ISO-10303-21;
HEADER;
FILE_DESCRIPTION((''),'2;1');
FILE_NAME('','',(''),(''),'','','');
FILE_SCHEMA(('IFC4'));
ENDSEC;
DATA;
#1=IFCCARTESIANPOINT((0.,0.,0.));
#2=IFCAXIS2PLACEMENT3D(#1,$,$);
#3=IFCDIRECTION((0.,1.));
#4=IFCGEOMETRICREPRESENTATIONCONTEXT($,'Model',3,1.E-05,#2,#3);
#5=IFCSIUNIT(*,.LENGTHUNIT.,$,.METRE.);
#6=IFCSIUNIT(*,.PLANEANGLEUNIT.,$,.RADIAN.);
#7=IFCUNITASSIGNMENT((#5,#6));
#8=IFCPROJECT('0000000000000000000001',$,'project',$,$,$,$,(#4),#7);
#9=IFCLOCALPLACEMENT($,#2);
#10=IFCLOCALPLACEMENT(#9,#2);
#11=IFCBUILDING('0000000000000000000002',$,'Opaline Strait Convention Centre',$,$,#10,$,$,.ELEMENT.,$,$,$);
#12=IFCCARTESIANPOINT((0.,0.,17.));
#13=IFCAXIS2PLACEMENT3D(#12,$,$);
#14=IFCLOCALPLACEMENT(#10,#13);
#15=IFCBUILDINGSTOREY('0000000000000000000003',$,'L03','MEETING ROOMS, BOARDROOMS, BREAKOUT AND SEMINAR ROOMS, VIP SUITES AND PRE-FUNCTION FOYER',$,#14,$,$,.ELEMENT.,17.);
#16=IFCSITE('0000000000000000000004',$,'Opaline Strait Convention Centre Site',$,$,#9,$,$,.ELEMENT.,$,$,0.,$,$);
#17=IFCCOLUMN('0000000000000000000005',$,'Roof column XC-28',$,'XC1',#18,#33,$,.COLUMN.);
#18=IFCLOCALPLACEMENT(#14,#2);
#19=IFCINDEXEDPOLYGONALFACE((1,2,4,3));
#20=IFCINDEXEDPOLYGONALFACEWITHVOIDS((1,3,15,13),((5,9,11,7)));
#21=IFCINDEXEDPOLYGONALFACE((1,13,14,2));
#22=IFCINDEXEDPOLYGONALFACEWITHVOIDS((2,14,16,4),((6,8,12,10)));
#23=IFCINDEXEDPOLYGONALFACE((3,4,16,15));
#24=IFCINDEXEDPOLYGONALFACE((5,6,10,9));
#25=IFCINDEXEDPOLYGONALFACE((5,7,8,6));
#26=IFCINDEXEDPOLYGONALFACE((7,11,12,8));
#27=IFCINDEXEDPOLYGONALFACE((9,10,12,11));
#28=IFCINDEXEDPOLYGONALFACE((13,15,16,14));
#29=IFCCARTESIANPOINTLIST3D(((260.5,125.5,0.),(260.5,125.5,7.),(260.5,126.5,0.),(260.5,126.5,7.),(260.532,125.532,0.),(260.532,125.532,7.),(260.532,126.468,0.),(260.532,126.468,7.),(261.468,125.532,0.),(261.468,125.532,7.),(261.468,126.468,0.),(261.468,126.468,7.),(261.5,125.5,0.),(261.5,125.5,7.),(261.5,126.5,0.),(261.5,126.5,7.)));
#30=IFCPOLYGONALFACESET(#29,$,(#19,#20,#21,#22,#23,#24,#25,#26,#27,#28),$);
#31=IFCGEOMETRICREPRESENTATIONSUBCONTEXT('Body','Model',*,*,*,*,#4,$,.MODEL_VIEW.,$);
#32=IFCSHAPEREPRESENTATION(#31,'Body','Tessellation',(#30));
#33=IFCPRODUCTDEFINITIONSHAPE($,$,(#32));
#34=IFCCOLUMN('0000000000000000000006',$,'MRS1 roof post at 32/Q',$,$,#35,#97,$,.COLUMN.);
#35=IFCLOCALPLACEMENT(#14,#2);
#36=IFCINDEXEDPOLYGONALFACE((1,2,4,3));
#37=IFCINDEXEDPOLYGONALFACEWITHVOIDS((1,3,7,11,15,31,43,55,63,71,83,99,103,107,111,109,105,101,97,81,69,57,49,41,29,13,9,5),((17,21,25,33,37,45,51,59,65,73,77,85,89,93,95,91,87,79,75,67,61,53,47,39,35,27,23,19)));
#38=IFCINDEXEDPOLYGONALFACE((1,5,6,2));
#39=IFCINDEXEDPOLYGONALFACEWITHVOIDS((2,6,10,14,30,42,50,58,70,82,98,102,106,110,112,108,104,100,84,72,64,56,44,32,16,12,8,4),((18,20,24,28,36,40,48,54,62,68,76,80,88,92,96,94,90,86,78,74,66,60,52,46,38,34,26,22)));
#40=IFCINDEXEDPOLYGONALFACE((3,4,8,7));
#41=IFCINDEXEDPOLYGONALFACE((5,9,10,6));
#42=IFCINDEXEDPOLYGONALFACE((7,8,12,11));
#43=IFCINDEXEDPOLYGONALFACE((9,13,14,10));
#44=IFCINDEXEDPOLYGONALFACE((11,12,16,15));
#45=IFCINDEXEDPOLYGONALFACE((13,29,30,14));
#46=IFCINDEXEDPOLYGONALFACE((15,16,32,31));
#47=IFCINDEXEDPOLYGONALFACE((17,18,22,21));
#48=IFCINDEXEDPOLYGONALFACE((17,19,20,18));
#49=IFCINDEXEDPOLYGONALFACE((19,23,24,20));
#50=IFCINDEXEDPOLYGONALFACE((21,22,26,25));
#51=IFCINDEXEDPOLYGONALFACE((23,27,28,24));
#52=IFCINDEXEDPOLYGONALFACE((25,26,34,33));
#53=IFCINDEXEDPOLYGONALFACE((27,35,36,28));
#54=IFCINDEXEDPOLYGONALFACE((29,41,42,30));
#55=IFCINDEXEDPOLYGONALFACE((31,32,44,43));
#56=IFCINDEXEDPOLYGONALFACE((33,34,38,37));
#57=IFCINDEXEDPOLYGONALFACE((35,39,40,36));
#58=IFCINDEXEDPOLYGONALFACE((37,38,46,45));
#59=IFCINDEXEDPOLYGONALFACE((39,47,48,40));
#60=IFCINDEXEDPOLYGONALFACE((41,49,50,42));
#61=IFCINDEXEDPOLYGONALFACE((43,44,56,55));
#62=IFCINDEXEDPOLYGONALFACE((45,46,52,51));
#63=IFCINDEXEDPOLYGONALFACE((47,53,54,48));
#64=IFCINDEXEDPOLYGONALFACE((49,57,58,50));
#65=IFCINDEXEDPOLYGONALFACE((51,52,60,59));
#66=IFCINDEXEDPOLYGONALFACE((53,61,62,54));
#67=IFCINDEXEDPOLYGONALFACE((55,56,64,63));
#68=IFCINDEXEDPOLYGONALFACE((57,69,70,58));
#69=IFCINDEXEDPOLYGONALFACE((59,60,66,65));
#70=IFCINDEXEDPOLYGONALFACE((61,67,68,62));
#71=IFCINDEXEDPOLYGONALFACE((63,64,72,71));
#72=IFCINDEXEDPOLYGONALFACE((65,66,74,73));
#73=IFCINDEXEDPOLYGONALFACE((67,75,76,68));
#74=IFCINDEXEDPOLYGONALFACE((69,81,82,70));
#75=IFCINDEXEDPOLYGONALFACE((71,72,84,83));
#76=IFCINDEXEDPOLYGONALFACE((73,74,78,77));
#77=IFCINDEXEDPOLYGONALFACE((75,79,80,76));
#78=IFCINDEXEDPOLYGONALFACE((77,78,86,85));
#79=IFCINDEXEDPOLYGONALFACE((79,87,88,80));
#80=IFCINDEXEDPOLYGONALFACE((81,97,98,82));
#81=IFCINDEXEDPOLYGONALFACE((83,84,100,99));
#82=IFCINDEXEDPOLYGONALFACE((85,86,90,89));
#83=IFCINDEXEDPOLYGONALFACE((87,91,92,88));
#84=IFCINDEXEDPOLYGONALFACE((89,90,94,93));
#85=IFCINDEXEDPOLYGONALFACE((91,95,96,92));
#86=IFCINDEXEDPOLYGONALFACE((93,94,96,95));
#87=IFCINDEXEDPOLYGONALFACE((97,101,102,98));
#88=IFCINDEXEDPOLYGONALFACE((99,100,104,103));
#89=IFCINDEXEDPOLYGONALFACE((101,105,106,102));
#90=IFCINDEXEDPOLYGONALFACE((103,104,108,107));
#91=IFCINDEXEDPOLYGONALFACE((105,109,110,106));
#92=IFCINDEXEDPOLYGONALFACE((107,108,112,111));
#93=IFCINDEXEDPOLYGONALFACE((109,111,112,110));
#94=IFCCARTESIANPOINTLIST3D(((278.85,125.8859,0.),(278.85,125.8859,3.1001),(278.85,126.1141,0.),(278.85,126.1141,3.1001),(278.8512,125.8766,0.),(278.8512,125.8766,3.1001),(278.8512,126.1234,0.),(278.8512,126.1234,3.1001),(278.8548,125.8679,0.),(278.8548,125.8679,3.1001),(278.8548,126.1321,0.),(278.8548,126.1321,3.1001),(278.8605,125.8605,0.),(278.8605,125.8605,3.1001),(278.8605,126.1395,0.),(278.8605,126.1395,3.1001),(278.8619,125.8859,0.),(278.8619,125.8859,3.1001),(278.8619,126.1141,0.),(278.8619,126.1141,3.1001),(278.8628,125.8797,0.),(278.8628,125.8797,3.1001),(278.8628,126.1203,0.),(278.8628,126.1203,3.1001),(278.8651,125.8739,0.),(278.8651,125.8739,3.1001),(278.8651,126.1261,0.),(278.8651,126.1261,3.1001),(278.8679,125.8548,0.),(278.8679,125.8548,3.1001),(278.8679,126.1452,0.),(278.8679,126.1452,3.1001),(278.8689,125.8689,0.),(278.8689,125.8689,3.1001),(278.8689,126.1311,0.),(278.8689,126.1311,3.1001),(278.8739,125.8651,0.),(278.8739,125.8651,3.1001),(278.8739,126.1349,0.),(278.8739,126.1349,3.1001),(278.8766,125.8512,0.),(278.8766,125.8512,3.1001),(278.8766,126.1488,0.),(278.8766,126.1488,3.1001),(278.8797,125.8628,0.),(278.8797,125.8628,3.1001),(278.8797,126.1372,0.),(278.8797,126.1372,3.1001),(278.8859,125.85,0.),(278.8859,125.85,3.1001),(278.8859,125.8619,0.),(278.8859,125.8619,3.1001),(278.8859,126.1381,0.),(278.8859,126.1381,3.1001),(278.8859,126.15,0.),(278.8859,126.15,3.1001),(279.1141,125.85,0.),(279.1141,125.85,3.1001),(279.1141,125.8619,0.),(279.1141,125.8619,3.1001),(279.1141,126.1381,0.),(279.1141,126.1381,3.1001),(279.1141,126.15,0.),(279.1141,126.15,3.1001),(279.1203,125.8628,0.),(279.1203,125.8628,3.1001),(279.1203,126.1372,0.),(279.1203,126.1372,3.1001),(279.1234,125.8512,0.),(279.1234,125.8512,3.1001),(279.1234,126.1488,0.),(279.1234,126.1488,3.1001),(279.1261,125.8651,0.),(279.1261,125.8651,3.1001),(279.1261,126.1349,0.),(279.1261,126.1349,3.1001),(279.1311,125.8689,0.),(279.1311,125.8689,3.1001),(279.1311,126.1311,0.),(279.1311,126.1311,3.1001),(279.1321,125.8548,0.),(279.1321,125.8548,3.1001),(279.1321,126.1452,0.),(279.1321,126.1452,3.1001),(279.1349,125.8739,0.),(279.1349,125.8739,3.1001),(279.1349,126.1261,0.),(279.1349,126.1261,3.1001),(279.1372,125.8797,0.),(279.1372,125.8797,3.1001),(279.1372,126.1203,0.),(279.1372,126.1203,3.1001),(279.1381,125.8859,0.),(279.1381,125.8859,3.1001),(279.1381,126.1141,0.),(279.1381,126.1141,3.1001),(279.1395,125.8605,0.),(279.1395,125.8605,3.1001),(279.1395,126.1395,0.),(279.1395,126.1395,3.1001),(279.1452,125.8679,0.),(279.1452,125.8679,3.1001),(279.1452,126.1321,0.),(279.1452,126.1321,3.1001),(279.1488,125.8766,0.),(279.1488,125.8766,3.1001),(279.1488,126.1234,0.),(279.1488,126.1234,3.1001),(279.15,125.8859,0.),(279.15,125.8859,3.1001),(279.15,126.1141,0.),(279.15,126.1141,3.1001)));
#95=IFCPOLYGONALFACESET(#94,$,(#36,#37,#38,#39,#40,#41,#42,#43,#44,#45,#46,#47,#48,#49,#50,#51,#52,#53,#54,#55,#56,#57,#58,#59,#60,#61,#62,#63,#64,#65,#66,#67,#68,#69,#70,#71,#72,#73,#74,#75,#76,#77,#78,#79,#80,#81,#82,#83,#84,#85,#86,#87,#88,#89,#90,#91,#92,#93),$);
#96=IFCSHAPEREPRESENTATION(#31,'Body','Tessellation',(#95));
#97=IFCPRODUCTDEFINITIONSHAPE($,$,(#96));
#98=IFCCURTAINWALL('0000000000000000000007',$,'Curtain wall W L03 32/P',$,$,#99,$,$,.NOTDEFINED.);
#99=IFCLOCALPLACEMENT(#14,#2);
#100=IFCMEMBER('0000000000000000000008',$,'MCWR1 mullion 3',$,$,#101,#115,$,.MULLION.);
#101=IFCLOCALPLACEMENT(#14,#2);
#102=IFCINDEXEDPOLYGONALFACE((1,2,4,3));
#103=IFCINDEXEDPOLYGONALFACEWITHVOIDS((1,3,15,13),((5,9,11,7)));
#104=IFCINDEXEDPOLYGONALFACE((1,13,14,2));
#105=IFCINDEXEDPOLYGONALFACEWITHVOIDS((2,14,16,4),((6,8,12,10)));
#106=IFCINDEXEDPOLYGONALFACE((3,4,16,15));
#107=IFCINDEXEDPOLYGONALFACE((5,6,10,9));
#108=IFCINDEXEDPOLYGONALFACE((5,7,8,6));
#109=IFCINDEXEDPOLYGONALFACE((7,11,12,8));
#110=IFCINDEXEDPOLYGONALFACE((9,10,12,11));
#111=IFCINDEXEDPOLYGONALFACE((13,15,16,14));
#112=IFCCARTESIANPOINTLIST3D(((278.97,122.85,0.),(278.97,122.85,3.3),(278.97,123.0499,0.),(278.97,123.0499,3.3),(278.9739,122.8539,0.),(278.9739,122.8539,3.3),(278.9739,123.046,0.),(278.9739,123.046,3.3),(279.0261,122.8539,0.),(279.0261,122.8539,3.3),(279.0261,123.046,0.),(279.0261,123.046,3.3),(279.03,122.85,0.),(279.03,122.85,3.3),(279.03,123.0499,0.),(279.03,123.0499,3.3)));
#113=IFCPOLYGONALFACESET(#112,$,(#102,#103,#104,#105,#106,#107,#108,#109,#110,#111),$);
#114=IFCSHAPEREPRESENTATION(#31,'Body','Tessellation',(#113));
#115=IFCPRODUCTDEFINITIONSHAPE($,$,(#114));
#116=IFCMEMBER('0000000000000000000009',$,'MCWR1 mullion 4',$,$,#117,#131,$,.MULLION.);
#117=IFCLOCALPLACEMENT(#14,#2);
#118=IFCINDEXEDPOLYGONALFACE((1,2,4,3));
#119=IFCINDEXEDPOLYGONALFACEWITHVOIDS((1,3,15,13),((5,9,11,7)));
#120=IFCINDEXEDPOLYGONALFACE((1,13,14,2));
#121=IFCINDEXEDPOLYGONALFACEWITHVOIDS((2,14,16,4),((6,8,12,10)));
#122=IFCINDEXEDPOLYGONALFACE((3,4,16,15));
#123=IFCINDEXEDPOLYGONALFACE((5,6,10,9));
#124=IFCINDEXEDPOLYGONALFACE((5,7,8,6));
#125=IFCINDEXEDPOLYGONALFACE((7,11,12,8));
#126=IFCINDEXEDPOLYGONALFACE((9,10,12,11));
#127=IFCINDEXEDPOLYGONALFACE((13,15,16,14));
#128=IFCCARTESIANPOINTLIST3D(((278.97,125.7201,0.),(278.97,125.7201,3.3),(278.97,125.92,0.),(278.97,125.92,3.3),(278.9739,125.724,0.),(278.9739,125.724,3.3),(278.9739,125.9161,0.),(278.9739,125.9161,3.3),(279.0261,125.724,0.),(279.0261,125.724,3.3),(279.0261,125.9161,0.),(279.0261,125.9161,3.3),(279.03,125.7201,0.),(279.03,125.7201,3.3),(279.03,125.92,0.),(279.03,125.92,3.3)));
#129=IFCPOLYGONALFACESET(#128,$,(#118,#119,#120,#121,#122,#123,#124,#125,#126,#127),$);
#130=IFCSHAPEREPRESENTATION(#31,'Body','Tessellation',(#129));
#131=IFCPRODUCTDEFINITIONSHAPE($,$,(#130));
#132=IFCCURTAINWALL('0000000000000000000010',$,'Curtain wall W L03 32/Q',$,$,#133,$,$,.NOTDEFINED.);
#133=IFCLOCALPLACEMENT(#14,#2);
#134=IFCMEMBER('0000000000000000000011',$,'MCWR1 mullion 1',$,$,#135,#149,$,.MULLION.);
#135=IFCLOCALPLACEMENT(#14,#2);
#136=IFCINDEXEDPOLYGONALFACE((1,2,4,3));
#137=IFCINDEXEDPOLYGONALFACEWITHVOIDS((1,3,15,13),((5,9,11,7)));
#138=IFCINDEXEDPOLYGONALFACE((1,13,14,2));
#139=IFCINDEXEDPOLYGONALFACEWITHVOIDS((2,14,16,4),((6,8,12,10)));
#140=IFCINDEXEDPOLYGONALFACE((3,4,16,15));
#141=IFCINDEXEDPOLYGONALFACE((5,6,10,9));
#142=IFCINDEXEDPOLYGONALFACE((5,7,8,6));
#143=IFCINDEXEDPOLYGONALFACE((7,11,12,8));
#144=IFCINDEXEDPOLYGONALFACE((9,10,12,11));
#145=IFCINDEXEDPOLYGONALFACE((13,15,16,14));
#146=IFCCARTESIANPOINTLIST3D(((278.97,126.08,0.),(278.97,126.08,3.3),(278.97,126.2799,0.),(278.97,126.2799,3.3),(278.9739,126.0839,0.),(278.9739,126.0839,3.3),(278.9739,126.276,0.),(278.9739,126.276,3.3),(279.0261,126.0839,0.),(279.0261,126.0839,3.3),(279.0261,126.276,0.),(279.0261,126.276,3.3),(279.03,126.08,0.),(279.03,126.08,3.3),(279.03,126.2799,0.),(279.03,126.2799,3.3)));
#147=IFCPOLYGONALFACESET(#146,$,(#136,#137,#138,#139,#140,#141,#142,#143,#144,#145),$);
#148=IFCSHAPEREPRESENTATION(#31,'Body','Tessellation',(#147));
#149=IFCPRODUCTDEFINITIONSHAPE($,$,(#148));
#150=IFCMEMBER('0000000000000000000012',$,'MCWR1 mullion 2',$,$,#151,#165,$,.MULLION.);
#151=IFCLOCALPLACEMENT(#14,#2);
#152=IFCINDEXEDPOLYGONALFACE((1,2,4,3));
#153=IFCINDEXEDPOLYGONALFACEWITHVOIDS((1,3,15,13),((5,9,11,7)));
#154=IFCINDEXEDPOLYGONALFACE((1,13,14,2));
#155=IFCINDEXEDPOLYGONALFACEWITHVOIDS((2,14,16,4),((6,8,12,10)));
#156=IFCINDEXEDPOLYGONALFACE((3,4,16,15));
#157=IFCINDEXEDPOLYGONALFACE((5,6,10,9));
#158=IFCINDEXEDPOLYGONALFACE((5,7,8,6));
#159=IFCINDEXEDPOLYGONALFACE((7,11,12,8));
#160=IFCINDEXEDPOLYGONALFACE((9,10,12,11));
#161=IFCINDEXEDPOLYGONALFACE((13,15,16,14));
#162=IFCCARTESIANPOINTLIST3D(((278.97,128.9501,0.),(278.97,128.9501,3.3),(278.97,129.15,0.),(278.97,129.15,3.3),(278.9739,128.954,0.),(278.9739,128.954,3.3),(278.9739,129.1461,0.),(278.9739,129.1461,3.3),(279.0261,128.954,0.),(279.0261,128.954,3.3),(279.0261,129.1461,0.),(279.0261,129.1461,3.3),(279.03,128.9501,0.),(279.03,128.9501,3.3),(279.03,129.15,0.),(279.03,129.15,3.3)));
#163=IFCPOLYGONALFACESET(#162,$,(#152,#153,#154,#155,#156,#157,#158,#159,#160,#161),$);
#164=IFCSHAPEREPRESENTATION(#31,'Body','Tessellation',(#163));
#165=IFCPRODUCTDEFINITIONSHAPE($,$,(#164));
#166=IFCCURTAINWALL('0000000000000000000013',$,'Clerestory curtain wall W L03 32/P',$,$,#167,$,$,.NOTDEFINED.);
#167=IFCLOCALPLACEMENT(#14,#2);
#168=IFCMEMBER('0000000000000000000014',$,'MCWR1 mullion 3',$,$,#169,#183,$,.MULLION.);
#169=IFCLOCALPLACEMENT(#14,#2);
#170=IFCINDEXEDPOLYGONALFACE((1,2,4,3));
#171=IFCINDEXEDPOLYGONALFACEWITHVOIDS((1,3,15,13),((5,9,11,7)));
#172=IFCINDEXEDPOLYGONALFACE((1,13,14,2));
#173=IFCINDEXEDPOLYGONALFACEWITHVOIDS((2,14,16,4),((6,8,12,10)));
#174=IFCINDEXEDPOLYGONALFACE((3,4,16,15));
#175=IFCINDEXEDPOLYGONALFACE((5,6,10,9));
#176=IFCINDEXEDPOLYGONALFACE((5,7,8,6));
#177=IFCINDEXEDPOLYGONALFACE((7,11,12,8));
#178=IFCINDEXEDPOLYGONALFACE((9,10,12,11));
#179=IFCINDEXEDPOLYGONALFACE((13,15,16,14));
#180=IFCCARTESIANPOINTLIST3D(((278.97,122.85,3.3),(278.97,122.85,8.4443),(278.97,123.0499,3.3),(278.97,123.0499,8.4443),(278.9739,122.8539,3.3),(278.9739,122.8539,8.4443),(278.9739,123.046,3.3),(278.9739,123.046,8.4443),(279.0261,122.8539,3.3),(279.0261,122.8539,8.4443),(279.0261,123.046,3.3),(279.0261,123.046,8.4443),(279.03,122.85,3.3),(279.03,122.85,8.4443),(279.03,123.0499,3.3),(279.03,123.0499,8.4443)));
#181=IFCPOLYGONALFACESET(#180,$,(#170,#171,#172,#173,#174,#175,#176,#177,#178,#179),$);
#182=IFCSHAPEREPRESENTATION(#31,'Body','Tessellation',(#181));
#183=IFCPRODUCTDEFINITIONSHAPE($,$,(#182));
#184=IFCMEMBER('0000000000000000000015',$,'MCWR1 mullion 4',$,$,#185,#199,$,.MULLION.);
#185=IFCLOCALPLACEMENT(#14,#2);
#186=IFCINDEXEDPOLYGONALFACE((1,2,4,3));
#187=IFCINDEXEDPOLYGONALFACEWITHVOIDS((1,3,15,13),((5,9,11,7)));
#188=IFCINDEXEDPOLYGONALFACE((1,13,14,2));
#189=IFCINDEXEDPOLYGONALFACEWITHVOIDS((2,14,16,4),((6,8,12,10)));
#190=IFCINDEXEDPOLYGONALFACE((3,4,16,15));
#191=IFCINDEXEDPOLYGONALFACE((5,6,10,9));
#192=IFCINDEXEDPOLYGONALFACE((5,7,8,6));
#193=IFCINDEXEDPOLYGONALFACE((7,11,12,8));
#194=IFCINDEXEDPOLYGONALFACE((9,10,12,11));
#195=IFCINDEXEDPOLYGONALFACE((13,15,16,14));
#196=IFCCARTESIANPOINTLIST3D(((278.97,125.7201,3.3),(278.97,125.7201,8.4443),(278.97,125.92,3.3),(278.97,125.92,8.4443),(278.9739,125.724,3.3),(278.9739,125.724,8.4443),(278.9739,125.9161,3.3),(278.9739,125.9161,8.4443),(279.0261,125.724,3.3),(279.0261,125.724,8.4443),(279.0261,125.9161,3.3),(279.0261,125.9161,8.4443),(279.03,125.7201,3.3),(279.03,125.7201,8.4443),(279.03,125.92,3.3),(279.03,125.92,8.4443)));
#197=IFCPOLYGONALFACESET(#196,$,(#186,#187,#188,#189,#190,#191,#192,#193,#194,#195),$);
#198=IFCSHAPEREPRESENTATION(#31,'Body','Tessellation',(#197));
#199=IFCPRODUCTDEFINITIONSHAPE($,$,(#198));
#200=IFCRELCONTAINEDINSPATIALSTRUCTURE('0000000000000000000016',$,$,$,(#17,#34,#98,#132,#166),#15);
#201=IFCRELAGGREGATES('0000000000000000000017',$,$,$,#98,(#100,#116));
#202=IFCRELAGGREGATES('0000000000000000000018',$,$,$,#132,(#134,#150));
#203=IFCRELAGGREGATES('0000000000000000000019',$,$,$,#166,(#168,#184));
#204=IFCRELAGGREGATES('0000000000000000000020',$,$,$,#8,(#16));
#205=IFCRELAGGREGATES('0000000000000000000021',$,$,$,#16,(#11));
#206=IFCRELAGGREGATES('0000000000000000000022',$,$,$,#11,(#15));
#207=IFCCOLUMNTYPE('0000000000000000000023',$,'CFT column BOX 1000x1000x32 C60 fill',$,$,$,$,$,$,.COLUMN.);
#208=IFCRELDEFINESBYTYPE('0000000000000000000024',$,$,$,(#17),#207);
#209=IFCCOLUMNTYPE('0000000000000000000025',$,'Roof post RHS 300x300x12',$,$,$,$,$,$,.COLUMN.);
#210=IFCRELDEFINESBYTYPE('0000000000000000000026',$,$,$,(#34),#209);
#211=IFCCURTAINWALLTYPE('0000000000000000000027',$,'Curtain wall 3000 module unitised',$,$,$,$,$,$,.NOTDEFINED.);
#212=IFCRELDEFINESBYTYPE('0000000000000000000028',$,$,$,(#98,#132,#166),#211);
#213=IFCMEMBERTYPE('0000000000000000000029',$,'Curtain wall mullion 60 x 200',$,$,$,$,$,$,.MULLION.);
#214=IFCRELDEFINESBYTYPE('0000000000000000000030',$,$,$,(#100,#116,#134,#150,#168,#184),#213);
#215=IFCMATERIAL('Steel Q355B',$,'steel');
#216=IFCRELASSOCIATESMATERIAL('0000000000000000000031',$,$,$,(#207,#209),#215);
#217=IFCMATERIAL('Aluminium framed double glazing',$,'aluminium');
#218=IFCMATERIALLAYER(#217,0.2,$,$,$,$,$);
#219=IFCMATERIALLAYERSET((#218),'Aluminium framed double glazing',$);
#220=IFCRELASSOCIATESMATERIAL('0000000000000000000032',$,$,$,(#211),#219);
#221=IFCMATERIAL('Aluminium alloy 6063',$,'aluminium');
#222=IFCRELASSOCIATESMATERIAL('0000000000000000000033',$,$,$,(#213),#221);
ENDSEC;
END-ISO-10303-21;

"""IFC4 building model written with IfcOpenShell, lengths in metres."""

from ifc_helpers import new_model, si_unit, direction, frame, origin, origin_2d, place, context, subcontext, project, spatial, hollow_rectangle, extrude, material, layer, layer_set, material_profile, profile_set, type_object, element, aggregate, save


model = new_model("IFC4")

# Units and contexts
model_context = context("Model", 3, precision=1e-05, world=origin(), true_north=direction((0.0, 1.0)))
body_context = subcontext(model_context, "Body", "Model", "MODEL_VIEW")
ifc_project = project(units=[si_unit("LENGTHUNIT", "METRE"), si_unit("PLANEANGLEUNIT", "RADIAN")], contexts=[model_context])

# Site, building, storey
site_placement = place(None, origin())
site = spatial("IfcSite", under=ifc_project, at=site_placement, Name="Opaline Strait Convention Centre Site", CompositionType="ELEMENT", RefElevation=0.0)
building_placement = place(site_placement, origin())
building = spatial("IfcBuilding", under=site, at=building_placement, Name="Opaline Strait Convention Centre", CompositionType="ELEMENT")
storey_placement = place(building_placement, frame((0.0, 0.0, 17.0)))
storey = spatial("IfcBuildingStorey", under=building, at=storey_placement, Name="L03", Description="MEETING ROOMS, BOARDROOMS, BREAKOUT AND SEMINAR ROOMS, VIP SUITES AND PRE-FUNCTION FOYER", CompositionType="ELEMENT", Elevation=17.0)

# Columns
ifc_material_1 = material(Name="Steel Q355B", Category="steel")
ifc_material_profile_1 = material_profile(ifc_material_1, hollow_rectangle(XDim=1.0, YDim=1.0, WallThickness=0.032, at=origin_2d()), Name="BOX 1000x1000x32")
ifc_profile_set_1 = profile_set([ifc_material_profile_1], Name="Steel Q355B")
column_type_1 = type_object("IfcColumnType", Name="CFT column BOX 1000x1000x32 C60 fill", PredefinedType="COLUMN", material=ifc_profile_set_1)
column_1_placement = place(storey_placement, frame((261.0, 126.0, 0.0), z_axis=(0.0, 0.0, 1.0), x_axis=(1.0, 0.0, 0.0)))
element("IfcColumn", 1, at=column_1_placement, inside=storey, type_object=column_type_1, Name="Roof column XC-28", ObjectType="XC1", PredefinedType="COLUMN", context=body_context, shape_type="SweptSolid", body=[
    extrude(hollow_rectangle(XDim=1.0, YDim=1.0, WallThickness=0.032, at=origin_2d()), origin(), (0.0, 0.0, 1.0), 7.0),
])
ifc_material_profile_2 = material_profile(ifc_material_1, hollow_rectangle(XDim=0.3, YDim=0.3, WallThickness=0.012, InnerFilletRadius=0.0239, OuterFilletRadius=0.0359, at=origin_2d()), Name="RHS 300x300x12")
ifc_profile_set_2 = profile_set([ifc_material_profile_2], Name="Steel Q355B")
column_type_2 = type_object("IfcColumnType", Name="Roof post RHS 300x300x12", PredefinedType="COLUMN", material=ifc_profile_set_2)
column_2_placement = place(storey_placement, frame((279.0, 126.0, 0.0), z_axis=(0.0, 0.0, 1.0), x_axis=(1.0, 0.0, 0.0)))
element("IfcColumn", 2, at=column_2_placement, inside=storey, type_object=column_type_2, Name="MRS1 roof post at 32/Q", PredefinedType="COLUMN", context=body_context, shape_type="SweptSolid", body=[
    extrude(hollow_rectangle(XDim=0.3, YDim=0.3, WallThickness=0.012, InnerFilletRadius=0.0239, OuterFilletRadius=0.0359, at=origin_2d()), origin(), (0.0, 0.0, 1.0), 3.1001),
])

# Curtain walls, members
ifc_material_2 = material(Name="Aluminium framed double glazing", Category="aluminium")
ifc_layer_1 = layer(ifc_material_2, 0.2)
ifc_layer_set_1 = layer_set([ifc_layer_1], Name="Aluminium framed double glazing")
curtain_wall_type = type_object("IfcCurtainWallType", Name="Curtain wall 3000 module unitised", PredefinedType="NOTDEFINED", material=ifc_layer_set_1)
curtain_wall_1_placement = place(storey_placement, origin())
curtain_wall_1 = element("IfcCurtainWall", 3, at=curtain_wall_1_placement, inside=storey, type_object=curtain_wall_type, Name="Curtain wall W L03 32/P", PredefinedType="NOTDEFINED")
ifc_material_3 = material(Name="Aluminium alloy 6063", Category="aluminium")
ifc_material_profile_3 = material_profile(ifc_material_3, hollow_rectangle(XDim=0.0601, YDim=0.2, WallThickness=0.0039, at=origin_2d()), Name="MULLION 60x200x4")
ifc_profile_set_3 = profile_set([ifc_material_profile_3], Name="Aluminium alloy 6063")
member_type_1 = type_object("IfcMemberType", Name="Curtain wall mullion 60 x 200", PredefinedType="MULLION", material=ifc_profile_set_3)
member_1_placement = place(storey_placement, frame((279.0, 122.95, 0.0), z_axis=(0.0, 0.0, 1.0), x_axis=(-1.0, 0.0, 0.0)))
member_1 = element("IfcMember", 4, at=member_1_placement, type_object=member_type_1, Name="MCWR1 mullion 3", PredefinedType="MULLION", context=body_context, shape_type="SweptSolid", body=[
    extrude(hollow_rectangle(XDim=0.0601, YDim=0.2, WallThickness=0.0039, at=origin_2d()), origin(), (0.0, 0.0, 1.0), 3.3),
])
member_2_placement = place(storey_placement, frame((279.0, 125.8201, 0.0), z_axis=(0.0, 0.0, 1.0), x_axis=(-1.0, 0.0, 0.0)))
member_2 = element("IfcMember", 5, at=member_2_placement, type_object=member_type_1, Name="MCWR1 mullion 4", PredefinedType="MULLION", context=body_context, shape_type="SweptSolid", body=[
    extrude(hollow_rectangle(XDim=0.0601, YDim=0.2, WallThickness=0.0039, at=origin_2d()), origin(), (0.0, 0.0, 1.0), 3.3),
])
curtain_wall_2_placement = place(storey_placement, origin())
curtain_wall_2 = element("IfcCurtainWall", 6, at=curtain_wall_2_placement, inside=storey, type_object=curtain_wall_type, Name="Curtain wall W L03 32/Q", PredefinedType="NOTDEFINED")
member_3_placement = place(storey_placement, frame((279.0, 126.1799, 0.0), z_axis=(0.0, 0.0, 1.0), x_axis=(-1.0, 0.0, 0.0)))
member_3 = element("IfcMember", 7, at=member_3_placement, type_object=member_type_1, Name="MCWR1 mullion 1", PredefinedType="MULLION", context=body_context, shape_type="SweptSolid", body=[
    extrude(hollow_rectangle(XDim=0.0601, YDim=0.2, WallThickness=0.0039, at=origin_2d()), origin(), (0.0, 0.0, 1.0), 3.3),
])
member_4_placement = place(storey_placement, frame((279.0, 129.05, 0.0), z_axis=(0.0, 0.0, 1.0), x_axis=(-1.0, 0.0, 0.0)))
member_4 = element("IfcMember", 8, at=member_4_placement, type_object=member_type_1, Name="MCWR1 mullion 2", PredefinedType="MULLION", context=body_context, shape_type="SweptSolid", body=[
    extrude(hollow_rectangle(XDim=0.0601, YDim=0.2, WallThickness=0.0039, at=origin_2d()), origin(), (0.0, 0.0, 1.0), 3.3),
])
curtain_wall_3_placement = place(storey_placement, origin())
curtain_wall_3 = element("IfcCurtainWall", 9, at=curtain_wall_3_placement, inside=storey, type_object=curtain_wall_type, Name="Clerestory curtain wall W L03 32/P", PredefinedType="NOTDEFINED")
member_5_placement = place(storey_placement, frame((279.0, 122.95, 3.3), z_axis=(0.0, 0.0, 1.0), x_axis=(-1.0, 0.0, 0.0)))
member_5 = element("IfcMember", 10, at=member_5_placement, type_object=member_type_1, Name="MCWR1 mullion 3", PredefinedType="MULLION", context=body_context, shape_type="SweptSolid", body=[
    extrude(hollow_rectangle(XDim=0.0601, YDim=0.2, WallThickness=0.0039, at=origin_2d()), origin(), (0.0, 0.0, 1.0), 5.1443),
])
member_6_placement = place(storey_placement, frame((279.0, 125.8201, 3.3), z_axis=(0.0, 0.0, 1.0), x_axis=(-1.0, 0.0, 0.0)))
member_6 = element("IfcMember", 11, at=member_6_placement, type_object=member_type_1, Name="MCWR1 mullion 4", PredefinedType="MULLION", context=body_context, shape_type="SweptSolid", body=[
    extrude(hollow_rectangle(XDim=0.0601, YDim=0.2, WallThickness=0.0039, at=origin_2d()), origin(), (0.0, 0.0, 1.0), 5.1443),
])

aggregate(curtain_wall_1, [member_1, member_2])
aggregate(curtain_wall_2, [member_3, member_4])
aggregate(curtain_wall_3, [member_5, member_6])

save(model, "model.ifc")
